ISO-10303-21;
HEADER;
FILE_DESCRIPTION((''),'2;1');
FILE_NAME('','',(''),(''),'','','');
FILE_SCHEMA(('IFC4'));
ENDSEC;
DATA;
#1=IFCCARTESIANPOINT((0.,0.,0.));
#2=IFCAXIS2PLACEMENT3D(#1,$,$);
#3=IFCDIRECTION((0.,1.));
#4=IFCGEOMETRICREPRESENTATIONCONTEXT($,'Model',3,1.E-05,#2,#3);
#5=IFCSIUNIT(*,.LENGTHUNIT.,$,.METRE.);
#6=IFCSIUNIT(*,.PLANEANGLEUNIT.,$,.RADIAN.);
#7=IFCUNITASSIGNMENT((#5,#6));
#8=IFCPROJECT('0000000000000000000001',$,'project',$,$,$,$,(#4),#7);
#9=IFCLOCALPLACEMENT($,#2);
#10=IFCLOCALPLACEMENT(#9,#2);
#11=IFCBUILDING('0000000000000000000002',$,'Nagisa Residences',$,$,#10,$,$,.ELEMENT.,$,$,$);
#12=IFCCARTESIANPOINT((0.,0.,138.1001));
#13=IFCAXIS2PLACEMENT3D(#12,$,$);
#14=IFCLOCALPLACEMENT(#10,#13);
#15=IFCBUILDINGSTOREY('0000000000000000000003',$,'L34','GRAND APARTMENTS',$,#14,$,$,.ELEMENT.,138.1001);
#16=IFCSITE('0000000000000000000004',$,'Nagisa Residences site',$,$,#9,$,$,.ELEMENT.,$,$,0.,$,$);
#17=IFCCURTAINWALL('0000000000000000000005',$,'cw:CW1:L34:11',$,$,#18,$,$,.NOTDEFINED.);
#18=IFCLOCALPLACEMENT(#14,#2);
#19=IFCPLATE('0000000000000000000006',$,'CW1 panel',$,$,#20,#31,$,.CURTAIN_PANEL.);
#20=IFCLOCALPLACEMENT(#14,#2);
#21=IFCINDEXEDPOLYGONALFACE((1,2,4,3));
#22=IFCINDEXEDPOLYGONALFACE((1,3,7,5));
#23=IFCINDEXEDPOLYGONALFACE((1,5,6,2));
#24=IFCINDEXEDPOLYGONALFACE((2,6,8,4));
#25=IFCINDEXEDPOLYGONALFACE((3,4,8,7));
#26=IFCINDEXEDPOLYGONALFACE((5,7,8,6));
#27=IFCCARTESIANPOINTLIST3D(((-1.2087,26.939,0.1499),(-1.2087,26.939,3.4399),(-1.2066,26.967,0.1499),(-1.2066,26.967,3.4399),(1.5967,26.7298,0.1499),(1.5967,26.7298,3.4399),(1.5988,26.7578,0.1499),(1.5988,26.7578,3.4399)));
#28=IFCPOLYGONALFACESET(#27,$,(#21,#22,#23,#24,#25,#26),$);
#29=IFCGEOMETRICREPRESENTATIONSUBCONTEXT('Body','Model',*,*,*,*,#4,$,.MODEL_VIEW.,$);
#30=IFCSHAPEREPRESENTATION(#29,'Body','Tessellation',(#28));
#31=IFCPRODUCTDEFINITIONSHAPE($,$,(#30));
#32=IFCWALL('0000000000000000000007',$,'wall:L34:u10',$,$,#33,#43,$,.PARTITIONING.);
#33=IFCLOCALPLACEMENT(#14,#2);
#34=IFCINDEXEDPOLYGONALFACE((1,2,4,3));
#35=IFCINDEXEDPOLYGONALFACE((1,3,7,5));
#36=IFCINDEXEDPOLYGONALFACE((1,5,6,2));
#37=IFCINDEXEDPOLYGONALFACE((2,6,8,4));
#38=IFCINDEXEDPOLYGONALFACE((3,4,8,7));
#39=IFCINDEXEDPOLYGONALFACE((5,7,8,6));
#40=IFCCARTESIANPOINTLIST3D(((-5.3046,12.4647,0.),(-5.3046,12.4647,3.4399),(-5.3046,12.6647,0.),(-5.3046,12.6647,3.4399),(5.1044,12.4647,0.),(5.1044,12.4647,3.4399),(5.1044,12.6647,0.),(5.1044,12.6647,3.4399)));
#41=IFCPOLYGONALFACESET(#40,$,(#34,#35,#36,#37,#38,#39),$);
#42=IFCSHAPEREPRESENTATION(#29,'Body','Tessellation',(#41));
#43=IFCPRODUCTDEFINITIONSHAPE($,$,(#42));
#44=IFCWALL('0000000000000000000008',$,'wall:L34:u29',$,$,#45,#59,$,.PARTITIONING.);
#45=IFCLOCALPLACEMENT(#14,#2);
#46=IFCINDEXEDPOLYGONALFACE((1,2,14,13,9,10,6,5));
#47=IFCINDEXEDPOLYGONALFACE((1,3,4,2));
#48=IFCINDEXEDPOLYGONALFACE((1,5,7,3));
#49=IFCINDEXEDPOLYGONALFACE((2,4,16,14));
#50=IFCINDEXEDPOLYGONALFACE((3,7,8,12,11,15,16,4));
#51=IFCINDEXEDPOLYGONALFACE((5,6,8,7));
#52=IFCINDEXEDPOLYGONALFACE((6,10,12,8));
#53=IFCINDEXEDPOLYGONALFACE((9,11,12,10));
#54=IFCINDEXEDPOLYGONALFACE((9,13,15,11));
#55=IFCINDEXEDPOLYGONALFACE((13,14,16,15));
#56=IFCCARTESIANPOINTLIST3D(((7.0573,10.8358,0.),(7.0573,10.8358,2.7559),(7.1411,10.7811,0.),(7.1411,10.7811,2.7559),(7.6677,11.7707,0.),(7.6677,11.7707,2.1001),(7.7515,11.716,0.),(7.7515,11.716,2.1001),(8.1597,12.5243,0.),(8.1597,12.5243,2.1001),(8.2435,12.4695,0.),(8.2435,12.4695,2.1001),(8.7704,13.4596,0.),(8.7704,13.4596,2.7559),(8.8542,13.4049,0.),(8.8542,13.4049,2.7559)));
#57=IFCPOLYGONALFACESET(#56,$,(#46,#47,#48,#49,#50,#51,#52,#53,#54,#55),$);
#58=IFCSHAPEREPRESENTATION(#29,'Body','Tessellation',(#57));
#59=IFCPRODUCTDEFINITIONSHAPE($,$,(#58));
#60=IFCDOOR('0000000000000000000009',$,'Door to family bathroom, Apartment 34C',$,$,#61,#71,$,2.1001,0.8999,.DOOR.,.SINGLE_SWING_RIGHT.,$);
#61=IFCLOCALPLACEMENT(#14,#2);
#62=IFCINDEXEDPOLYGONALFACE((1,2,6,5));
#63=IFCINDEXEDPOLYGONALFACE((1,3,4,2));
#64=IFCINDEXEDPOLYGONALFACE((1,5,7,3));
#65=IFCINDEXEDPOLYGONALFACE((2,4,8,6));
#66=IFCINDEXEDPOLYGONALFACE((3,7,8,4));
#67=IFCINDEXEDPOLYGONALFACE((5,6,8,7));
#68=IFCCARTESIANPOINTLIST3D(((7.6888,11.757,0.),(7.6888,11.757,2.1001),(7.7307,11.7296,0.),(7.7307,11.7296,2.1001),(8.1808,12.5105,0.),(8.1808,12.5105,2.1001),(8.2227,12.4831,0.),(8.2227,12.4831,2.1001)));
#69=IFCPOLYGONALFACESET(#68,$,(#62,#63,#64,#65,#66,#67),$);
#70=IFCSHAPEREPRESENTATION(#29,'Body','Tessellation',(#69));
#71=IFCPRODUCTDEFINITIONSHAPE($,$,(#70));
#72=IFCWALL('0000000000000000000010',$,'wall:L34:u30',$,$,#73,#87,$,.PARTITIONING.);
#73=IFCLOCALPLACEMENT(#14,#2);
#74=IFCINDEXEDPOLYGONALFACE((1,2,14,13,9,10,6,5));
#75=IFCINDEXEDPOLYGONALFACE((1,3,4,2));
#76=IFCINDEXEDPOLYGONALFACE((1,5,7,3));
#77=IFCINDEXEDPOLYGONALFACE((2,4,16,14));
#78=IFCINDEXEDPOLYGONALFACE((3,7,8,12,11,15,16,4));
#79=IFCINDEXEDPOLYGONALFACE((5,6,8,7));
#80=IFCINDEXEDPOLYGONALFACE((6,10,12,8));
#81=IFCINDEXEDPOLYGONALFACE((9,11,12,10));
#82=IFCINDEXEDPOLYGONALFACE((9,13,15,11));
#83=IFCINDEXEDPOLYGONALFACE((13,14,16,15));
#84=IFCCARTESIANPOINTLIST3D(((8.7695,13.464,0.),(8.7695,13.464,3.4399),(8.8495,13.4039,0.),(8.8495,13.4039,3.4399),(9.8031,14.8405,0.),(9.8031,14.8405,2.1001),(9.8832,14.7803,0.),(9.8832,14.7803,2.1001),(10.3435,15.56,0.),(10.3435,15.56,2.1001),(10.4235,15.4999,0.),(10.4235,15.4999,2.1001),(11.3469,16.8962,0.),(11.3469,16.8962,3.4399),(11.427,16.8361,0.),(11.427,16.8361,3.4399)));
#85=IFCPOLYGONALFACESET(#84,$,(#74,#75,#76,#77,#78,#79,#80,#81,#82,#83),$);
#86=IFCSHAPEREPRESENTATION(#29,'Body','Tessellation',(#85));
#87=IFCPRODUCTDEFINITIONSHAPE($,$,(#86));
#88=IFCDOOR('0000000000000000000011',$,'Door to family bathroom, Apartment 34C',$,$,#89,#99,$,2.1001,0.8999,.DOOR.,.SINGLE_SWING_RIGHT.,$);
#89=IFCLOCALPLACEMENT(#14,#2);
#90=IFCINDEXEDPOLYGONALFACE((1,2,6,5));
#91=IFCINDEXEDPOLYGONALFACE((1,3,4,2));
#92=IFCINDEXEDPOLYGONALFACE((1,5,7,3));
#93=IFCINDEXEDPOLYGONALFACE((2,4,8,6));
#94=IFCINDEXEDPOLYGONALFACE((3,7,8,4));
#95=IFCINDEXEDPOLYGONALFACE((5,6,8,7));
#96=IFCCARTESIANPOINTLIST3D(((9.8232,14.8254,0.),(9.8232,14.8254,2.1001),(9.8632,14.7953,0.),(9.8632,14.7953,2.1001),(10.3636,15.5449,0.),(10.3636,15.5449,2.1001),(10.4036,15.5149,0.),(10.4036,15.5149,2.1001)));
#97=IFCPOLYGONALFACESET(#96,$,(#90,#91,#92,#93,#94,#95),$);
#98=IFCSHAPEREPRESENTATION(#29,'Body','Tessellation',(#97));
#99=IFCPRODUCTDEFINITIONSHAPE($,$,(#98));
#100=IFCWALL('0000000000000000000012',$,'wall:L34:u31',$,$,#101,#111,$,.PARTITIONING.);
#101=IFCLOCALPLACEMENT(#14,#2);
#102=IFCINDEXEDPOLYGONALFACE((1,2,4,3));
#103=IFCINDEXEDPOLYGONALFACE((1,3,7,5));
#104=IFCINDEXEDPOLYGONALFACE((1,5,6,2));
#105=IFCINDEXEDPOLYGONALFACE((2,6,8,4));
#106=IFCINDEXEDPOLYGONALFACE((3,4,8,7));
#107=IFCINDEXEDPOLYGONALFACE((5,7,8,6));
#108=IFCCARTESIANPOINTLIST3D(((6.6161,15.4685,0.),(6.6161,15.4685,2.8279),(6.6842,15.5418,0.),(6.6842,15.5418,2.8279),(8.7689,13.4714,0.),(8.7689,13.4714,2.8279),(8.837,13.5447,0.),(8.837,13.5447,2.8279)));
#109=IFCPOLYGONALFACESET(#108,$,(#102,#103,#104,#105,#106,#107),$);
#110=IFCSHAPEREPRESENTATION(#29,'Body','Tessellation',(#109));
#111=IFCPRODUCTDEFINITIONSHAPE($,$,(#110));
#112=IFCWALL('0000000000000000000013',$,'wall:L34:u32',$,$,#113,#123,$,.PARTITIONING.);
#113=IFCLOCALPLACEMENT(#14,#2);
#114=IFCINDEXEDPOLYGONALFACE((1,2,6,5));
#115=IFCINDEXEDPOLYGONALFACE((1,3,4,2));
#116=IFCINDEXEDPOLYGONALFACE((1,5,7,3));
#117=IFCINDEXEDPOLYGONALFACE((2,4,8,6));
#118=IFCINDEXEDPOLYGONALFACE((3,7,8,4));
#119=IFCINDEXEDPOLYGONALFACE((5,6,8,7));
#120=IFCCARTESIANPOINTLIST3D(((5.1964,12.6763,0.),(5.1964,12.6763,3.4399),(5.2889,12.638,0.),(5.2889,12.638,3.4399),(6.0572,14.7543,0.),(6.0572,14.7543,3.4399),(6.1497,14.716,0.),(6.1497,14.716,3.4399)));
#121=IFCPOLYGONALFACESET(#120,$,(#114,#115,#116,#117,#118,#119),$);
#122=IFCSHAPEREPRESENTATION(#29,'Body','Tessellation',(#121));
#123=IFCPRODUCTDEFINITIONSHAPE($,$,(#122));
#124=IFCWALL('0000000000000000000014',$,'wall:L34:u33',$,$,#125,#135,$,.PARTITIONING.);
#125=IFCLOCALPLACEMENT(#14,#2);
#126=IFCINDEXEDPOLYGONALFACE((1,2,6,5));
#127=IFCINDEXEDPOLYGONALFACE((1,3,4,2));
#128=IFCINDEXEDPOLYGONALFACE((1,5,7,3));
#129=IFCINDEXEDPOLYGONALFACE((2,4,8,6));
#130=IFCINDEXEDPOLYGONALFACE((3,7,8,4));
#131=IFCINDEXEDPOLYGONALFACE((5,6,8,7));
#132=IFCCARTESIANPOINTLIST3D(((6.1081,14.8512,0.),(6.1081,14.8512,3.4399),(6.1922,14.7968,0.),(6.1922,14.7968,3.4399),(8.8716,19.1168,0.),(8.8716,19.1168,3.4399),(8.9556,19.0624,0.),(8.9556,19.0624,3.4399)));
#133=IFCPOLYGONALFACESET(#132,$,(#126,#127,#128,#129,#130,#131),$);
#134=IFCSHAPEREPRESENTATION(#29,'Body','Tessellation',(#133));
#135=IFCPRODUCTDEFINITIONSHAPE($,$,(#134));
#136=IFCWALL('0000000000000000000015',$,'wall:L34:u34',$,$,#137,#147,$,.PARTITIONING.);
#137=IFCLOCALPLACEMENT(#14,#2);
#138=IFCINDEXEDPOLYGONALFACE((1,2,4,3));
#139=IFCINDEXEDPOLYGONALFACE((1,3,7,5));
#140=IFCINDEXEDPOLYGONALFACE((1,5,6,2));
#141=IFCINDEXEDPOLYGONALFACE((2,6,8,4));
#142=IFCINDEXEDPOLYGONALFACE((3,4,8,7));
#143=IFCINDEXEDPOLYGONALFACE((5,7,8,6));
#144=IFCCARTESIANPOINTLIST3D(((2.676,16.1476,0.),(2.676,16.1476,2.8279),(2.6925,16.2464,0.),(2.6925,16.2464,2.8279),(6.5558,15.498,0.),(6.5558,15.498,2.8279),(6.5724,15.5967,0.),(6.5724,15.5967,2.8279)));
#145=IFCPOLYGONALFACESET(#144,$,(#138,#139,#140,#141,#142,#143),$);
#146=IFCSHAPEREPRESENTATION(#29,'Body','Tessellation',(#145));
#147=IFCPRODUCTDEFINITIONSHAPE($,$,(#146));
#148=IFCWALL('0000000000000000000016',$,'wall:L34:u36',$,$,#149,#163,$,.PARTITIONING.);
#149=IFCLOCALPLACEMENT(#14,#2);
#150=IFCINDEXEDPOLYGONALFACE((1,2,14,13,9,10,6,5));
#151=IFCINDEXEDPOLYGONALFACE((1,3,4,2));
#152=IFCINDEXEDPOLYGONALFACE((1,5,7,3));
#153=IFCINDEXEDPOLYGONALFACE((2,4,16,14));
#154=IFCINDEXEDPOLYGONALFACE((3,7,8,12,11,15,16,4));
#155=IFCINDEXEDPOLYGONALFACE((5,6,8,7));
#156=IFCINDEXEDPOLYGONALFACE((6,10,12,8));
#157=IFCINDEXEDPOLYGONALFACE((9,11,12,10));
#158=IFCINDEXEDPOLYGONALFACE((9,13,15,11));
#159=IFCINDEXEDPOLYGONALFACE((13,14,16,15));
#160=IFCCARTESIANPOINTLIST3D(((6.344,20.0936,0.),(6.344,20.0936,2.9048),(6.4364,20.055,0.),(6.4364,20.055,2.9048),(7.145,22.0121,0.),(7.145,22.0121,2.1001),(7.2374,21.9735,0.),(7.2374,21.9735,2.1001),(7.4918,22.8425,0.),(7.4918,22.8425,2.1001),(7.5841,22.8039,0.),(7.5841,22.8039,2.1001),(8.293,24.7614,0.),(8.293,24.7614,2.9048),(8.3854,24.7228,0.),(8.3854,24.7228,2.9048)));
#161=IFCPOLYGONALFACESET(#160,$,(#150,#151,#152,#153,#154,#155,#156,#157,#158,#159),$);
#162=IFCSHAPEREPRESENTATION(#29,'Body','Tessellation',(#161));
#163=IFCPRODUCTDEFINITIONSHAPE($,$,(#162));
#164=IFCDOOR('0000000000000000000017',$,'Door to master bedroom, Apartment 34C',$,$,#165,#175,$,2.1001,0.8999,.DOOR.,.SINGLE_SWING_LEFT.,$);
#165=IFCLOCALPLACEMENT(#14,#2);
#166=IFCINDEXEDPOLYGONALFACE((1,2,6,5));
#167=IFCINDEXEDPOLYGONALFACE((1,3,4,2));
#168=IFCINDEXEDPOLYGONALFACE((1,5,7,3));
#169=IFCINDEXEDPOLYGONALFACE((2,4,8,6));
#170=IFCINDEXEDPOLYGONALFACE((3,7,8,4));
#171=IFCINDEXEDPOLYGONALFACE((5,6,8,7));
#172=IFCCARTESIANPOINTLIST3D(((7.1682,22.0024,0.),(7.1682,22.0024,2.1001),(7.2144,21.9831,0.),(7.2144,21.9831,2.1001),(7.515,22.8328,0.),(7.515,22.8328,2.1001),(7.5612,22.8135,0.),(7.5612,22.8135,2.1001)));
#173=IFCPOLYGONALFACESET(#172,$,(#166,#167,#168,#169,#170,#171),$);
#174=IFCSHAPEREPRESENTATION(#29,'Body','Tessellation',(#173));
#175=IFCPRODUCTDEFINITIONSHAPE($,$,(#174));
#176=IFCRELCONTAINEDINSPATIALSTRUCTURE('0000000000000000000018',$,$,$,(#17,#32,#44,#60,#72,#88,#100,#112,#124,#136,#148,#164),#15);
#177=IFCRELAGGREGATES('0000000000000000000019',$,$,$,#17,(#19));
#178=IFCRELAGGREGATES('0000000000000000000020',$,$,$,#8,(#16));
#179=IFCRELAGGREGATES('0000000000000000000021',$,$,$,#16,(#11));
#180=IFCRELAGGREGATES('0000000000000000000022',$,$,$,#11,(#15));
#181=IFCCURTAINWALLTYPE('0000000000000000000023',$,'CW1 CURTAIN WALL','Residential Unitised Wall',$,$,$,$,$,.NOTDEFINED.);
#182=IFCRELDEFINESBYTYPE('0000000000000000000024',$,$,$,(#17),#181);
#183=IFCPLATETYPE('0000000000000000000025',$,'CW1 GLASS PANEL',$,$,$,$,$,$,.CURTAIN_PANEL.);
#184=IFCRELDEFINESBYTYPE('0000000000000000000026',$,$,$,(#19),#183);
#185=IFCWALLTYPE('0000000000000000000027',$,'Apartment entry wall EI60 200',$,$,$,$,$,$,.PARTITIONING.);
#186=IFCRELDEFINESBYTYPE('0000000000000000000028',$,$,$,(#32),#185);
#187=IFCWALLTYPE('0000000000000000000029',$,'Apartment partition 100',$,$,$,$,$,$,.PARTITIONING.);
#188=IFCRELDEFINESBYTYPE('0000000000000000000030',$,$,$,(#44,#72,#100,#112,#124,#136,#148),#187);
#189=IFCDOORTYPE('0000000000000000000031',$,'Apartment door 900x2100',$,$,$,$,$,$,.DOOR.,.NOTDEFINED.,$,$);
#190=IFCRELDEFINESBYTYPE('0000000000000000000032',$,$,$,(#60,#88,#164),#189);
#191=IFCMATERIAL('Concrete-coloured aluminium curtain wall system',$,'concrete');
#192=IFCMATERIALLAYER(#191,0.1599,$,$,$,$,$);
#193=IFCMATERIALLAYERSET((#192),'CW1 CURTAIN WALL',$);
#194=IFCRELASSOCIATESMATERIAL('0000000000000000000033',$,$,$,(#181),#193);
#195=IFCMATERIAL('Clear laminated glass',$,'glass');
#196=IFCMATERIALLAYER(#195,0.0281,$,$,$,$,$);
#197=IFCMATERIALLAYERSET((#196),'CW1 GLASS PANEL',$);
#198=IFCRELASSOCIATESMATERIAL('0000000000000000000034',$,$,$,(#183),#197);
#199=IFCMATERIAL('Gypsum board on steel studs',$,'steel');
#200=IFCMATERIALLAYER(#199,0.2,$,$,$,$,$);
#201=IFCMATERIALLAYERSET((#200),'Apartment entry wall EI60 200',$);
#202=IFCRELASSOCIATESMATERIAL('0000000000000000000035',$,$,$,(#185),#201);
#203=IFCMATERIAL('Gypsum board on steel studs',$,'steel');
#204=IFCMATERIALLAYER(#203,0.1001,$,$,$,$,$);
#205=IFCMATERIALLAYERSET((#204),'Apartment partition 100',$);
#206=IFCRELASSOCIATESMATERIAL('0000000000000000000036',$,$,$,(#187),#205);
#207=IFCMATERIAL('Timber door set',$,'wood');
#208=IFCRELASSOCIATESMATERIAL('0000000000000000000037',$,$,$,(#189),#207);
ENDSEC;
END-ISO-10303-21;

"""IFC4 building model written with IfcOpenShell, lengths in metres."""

from ifc_helpers import new_model, si_unit, direction, frame, frame_2d, origin, origin_2d, place, context, subcontext, project, spatial, rectangle, extrude, material, layer, layer_set, type_object, element, fill, aggregate, save


model = new_model("IFC4")

# Units and contexts
model_context = context("Model", 3, precision=1e-05, world=origin(), true_north=direction((0.0, 1.0)))
body_context = subcontext(model_context, "Body", "Model", "MODEL_VIEW")
ifc_project = project(units=[si_unit("LENGTHUNIT", "METRE"), si_unit("PLANEANGLEUNIT", "RADIAN")], contexts=[model_context])

# Site, building, storey
site_placement = place(None, origin())
site = spatial("IfcSite", under=ifc_project, at=site_placement, Name="Nagisa Residences site", CompositionType="ELEMENT", RefElevation=0.0)
building_placement = place(site_placement, origin())
building = spatial("IfcBuilding", under=site, at=building_placement, Name="Nagisa Residences", CompositionType="ELEMENT")
storey_placement = place(building_placement, frame((0.0, 0.0, 138.1001)))
storey = spatial("IfcBuildingStorey", under=building, at=storey_placement, Name="L34", Description="GRAND APARTMENTS", CompositionType="ELEMENT", Elevation=138.1001)

# Curtain wall
ifc_material_1 = material(Name="Concrete-coloured aluminium curtain wall system", Category="concrete")
ifc_layer_1 = layer(ifc_material_1, 0.1599)
ifc_layer_set_1 = layer_set([ifc_layer_1], Name="CW1 CURTAIN WALL")
curtain_wall_type = type_object("IfcCurtainWallType", Name="CW1 CURTAIN WALL", Description="Residential Unitised Wall", PredefinedType="NOTDEFINED", material=ifc_layer_set_1)
curtain_wall_1_placement = place(storey_placement, origin())
curtain_wall_1 = element("IfcCurtainWall", 1, at=curtain_wall_1_placement, inside=storey, type_object=curtain_wall_type, Name="cw:CW1:L34:11", PredefinedType="NOTDEFINED")

# Plate
ifc_material_2 = material(Name="Clear laminated glass", Category="glass")
ifc_layer_2 = layer(ifc_material_2, 0.0281)
ifc_layer_set_2 = layer_set([ifc_layer_2], Name="CW1 GLASS PANEL")
plate_type = type_object("IfcPlateType", Name="CW1 GLASS PANEL", PredefinedType="CURTAIN_PANEL", material=ifc_layer_set_2)
plate_1_placement = place(storey_placement, frame((0.1951, 26.8484, 0.1499), z_axis=(0.0, 0.0, 1.0), x_axis=(-0.99723, 0.074377, 0.0)))
plate_1 = element("IfcPlate", 2, at=plate_1_placement, type_object=plate_type, Name="CW1 panel", PredefinedType="CURTAIN_PANEL", context=body_context, shape_type="SweptSolid", body=[
    extrude(rectangle(XDim=2.8132, YDim=0.0281, at=origin_2d()), origin(), (0.0, 0.0, 1.0), 3.29),
])
aggregate(curtain_wall_1, [plate_1])

# Wall
ifc_material_3 = material(Name="Gypsum board on steel studs", Category="steel")
ifc_layer_3 = layer(ifc_material_3, 0.2)
ifc_layer_set_3 = layer_set([ifc_layer_3], Name="Apartment entry wall EI60 200")
wall_type_1 = type_object("IfcWallType", Name="Apartment entry wall EI60 200", PredefinedType="PARTITIONING", material=ifc_layer_set_3)
wall_1_placement = place(storey_placement, frame((5.1045, 12.5647, 0.0), z_axis=(0.0, 0.0, 1.0), x_axis=(-1.0, 0.0, 0.0)))
element("IfcWall", 3, at=wall_1_placement, inside=storey, type_object=wall_type_1, Name="wall:L34:u10", PredefinedType="PARTITIONING", context=body_context, shape_type="SweptSolid", body=[
    extrude(rectangle(XDim=10.4089, YDim=0.2, at=frame_2d((5.2046, 0.0))), origin(), (0.0, 0.0, 1.0), 3.4399),
])

# Walls, openings, doors
ifc_material_4 = material(Name="Gypsum board on steel studs", Category="steel")
ifc_layer_4 = layer(ifc_material_4, 0.1001)
ifc_layer_set_4 = layer_set([ifc_layer_4], Name="Apartment partition 100")
wall_type_2 = type_object("IfcWallType", Name="Apartment partition 100", PredefinedType="PARTITIONING", material=ifc_layer_set_4)
wall_2_placement = place(storey_placement, frame((7.0991, 10.8083, 0.0), z_axis=(0.0, 0.0, 1.0), x_axis=(0.54671, 0.837322, 0.0)))
wall_2 = element("IfcWall", 4, at=wall_2_placement, inside=storey, type_object=wall_type_2, Name="wall:L34:u29", PredefinedType="PARTITIONING", context=body_context, shape_type="SweptSolid", body=[
    extrude(rectangle(XDim=3.1335, YDim=0.1001, at=frame_2d((1.5669, 0.0))), origin(), (0.0, 0.0, 1.0), 2.7559),
])
opening_1_placement = place(wall_2_placement, frame((1.1167, 0.0, 0.0)))
opening_1 = element("IfcOpeningElement", 5, at=opening_1_placement, cuts=wall_2, PredefinedType="OPENING", context=body_context, shape_type="SweptSolid", body=[
    extrude(rectangle(XDim=0.8999, YDim=2.1001, at=frame_2d((0.45, 1.05))), frame((0.0, 0.0601, 0.0), z_axis=(0.0, -1.0, 0.0), x_axis=(1.0, 0.0, 0.0)), (0.0, 0.0, 1.0), 0.1201),
])
ifc_material_5 = material(Name="Timber door set", Category="wood")
door_type_1 = type_object("IfcDoorType", Name="Apartment door 900x2100", OperationType="NOTDEFINED", PredefinedType="DOOR", material=ifc_material_5)
door_1_placement = place(opening_1_placement, origin())
door_1 = element("IfcDoor", 6, at=door_1_placement, inside=storey, type_object=door_type_1, Name="Door to family bathroom, Apartment 34C", OperationType="SINGLE_SWING_RIGHT", OverallHeight=2.1001, OverallWidth=0.8999, PredefinedType="DOOR", context=body_context, shape_type="SweptSolid", body=[
    extrude(rectangle(XDim=0.8999, YDim=2.1001, at=frame_2d((0.45, 1.05))), frame((0.0, 0.0249, 0.0), z_axis=(0.0, -1.0, 0.0), x_axis=(1.0, 0.0, 0.0)), (0.0, 0.0, 1.0), 0.05),
])
fill(opening_1, door_1)
wall_3_placement = place(storey_placement, frame((8.8096, 13.4341, 0.0), z_axis=(0.0, 0.0, 1.0), x_axis=(0.600491, 0.799631, 0.0)))
wall_3 = element("IfcWall", 7, at=wall_3_placement, inside=storey, type_object=wall_type_2, Name="wall:L34:u30", PredefinedType="PARTITIONING", context=body_context, shape_type="SweptSolid", body=[
    extrude(rectangle(XDim=4.2922, YDim=0.1001, at=frame_2d((2.146, 0.0))), origin(), (0.0, 0.0, 1.0), 3.4399),
])
opening_2_placement = place(wall_3_placement, frame((1.7212, 0.0, 0.0)))
opening_2 = element("IfcOpeningElement", 8, at=opening_2_placement, cuts=wall_3, PredefinedType="OPENING", context=body_context, shape_type="SweptSolid", body=[
    extrude(rectangle(XDim=0.8999, YDim=2.1001, at=frame_2d((0.45, 1.05))), frame((0.0, 0.0601, 0.0), z_axis=(0.0, -1.0, 0.0), x_axis=(1.0, 0.0, 0.0)), (0.0, 0.0, 1.0), 0.1201),
])
door_2_placement = place(opening_2_placement, origin())
door_2 = element("IfcDoor", 9, at=door_2_placement, inside=storey, type_object=door_type_1, Name="Door to family bathroom, Apartment 34C", OperationType="SINGLE_SWING_RIGHT", OverallHeight=2.1001, OverallWidth=0.8999, PredefinedType="DOOR", context=body_context, shape_type="SweptSolid", body=[
    extrude(rectangle(XDim=0.8999, YDim=2.1001, at=frame_2d((0.45, 1.05))), frame((0.0, 0.0249, 0.0), z_axis=(0.0, -1.0, 0.0), x_axis=(1.0, 0.0, 0.0)), (0.0, 0.0, 1.0), 0.05),
])
fill(opening_2, door_2)

# Walls
wall_4_placement = place(storey_placement, frame((8.803, 13.5081, 0.0), z_axis=(0.0, 0.0, 1.0), x_axis=(-0.733131, 0.680087, 0.0)))
element("IfcWall", 10, at=wall_4_placement, inside=storey, type_object=wall_type_2, Name="wall:L34:u31", PredefinedType="PARTITIONING", context=body_context, shape_type="SweptSolid", body=[
    extrude(rectangle(XDim=2.9365, YDim=0.1001, at=frame_2d((1.4683, 0.0))), origin(), (0.0, 0.0, 1.0), 2.8279),
])
wall_5_placement = place(storey_placement, frame((5.2427, 12.6572, 0.0), z_axis=(0.0, 0.0, 1.0), x_axis=(0.382703, 0.923871, 0.0)))
element("IfcWall", 11, at=wall_5_placement, inside=storey, type_object=wall_type_2, Name="wall:L34:u32", PredefinedType="PARTITIONING", context=body_context, shape_type="SweptSolid", body=[
    extrude(rectangle(XDim=2.2493, YDim=0.1001, at=frame_2d((1.1245, 0.0))), origin(), (0.0, 0.0, 1.0), 3.4399),
])
wall_6_placement = place(storey_placement, frame((6.1501, 14.824, 0.0), z_axis=(0.0, 0.0, 1.0), x_axis=(0.543711, 0.839272, 0.0)))
element("IfcWall", 12, at=wall_6_placement, inside=storey, type_object=wall_type_2, Name="wall:L34:u33", PredefinedType="PARTITIONING", context=body_context, shape_type="SweptSolid", body=[
    extrude(rectangle(XDim=5.0825, YDim=0.1001, at=frame_2d((2.5413, 0.0))), origin(), (0.0, 0.0, 1.0), 3.4399),
])
wall_7_placement = place(storey_placement, frame((6.564, 15.5474, 0.0), z_axis=(0.0, 0.0, 1.0), x_axis=(-0.98627, 0.165144, 0.0)))
element("IfcWall", 13, at=wall_7_placement, inside=storey, type_object=wall_type_2, Name="wall:L34:u34", PredefinedType="PARTITIONING", context=body_context, shape_type="SweptSolid", body=[
    extrude(rectangle(XDim=3.9338, YDim=0.1001, at=frame_2d((1.9668, 0.0))), origin(), (0.0, 0.0, 1.0), 2.8279),
])

# Wall, opening, door
wall_8_placement = place(storey_placement, frame((6.3901, 20.0742, 0.0), z_axis=(0.0, 0.0, 1.0), x_axis=(0.385304, 0.92279, 0.0)))
wall_8 = element("IfcWall", 14, at=wall_8_placement, inside=storey, type_object=wall_type_2, Name="wall:L34:u36", PredefinedType="PARTITIONING", context=body_context, shape_type="SweptSolid", body=[
    extrude(rectangle(XDim=5.0583, YDim=0.1001, at=frame_2d((2.5293, 0.0))), origin(), (0.0, 0.0, 1.0), 2.9048),
])
opening_3_placement = place(wall_8_placement, frame((2.0791, 0.0, 0.0)))
opening_3 = element("IfcOpeningElement", 15, at=opening_3_placement, cuts=wall_8, PredefinedType="OPENING", context=body_context, shape_type="SweptSolid", body=[
    extrude(rectangle(XDim=0.8999, YDim=2.1001, at=frame_2d((0.45, 1.05))), frame((0.0, 0.0601, 0.0), z_axis=(0.0, -1.0, 0.0), x_axis=(1.0, 0.0, 0.0)), (0.0, 0.0, 1.0), 0.1201),
])
door_3_placement = place(opening_3_placement, origin())
door_3 = element("IfcDoor", 16, at=door_3_placement, inside=storey, type_object=door_type_1, Name="Door to master bedroom, Apartment 34C", OperationType="SINGLE_SWING_LEFT", OverallHeight=2.1001, OverallWidth=0.8999, PredefinedType="DOOR", context=body_context, shape_type="SweptSolid", body=[
    extrude(rectangle(XDim=0.8999, YDim=2.1001, at=frame_2d((0.45, 1.05))), frame((0.0, 0.0249, 0.0), z_axis=(0.0, -1.0, 0.0), x_axis=(1.0, 0.0, 0.0)), (0.0, 0.0, 1.0), 0.05),
])
fill(opening_3, door_3)

save(model, "model.ifc")
